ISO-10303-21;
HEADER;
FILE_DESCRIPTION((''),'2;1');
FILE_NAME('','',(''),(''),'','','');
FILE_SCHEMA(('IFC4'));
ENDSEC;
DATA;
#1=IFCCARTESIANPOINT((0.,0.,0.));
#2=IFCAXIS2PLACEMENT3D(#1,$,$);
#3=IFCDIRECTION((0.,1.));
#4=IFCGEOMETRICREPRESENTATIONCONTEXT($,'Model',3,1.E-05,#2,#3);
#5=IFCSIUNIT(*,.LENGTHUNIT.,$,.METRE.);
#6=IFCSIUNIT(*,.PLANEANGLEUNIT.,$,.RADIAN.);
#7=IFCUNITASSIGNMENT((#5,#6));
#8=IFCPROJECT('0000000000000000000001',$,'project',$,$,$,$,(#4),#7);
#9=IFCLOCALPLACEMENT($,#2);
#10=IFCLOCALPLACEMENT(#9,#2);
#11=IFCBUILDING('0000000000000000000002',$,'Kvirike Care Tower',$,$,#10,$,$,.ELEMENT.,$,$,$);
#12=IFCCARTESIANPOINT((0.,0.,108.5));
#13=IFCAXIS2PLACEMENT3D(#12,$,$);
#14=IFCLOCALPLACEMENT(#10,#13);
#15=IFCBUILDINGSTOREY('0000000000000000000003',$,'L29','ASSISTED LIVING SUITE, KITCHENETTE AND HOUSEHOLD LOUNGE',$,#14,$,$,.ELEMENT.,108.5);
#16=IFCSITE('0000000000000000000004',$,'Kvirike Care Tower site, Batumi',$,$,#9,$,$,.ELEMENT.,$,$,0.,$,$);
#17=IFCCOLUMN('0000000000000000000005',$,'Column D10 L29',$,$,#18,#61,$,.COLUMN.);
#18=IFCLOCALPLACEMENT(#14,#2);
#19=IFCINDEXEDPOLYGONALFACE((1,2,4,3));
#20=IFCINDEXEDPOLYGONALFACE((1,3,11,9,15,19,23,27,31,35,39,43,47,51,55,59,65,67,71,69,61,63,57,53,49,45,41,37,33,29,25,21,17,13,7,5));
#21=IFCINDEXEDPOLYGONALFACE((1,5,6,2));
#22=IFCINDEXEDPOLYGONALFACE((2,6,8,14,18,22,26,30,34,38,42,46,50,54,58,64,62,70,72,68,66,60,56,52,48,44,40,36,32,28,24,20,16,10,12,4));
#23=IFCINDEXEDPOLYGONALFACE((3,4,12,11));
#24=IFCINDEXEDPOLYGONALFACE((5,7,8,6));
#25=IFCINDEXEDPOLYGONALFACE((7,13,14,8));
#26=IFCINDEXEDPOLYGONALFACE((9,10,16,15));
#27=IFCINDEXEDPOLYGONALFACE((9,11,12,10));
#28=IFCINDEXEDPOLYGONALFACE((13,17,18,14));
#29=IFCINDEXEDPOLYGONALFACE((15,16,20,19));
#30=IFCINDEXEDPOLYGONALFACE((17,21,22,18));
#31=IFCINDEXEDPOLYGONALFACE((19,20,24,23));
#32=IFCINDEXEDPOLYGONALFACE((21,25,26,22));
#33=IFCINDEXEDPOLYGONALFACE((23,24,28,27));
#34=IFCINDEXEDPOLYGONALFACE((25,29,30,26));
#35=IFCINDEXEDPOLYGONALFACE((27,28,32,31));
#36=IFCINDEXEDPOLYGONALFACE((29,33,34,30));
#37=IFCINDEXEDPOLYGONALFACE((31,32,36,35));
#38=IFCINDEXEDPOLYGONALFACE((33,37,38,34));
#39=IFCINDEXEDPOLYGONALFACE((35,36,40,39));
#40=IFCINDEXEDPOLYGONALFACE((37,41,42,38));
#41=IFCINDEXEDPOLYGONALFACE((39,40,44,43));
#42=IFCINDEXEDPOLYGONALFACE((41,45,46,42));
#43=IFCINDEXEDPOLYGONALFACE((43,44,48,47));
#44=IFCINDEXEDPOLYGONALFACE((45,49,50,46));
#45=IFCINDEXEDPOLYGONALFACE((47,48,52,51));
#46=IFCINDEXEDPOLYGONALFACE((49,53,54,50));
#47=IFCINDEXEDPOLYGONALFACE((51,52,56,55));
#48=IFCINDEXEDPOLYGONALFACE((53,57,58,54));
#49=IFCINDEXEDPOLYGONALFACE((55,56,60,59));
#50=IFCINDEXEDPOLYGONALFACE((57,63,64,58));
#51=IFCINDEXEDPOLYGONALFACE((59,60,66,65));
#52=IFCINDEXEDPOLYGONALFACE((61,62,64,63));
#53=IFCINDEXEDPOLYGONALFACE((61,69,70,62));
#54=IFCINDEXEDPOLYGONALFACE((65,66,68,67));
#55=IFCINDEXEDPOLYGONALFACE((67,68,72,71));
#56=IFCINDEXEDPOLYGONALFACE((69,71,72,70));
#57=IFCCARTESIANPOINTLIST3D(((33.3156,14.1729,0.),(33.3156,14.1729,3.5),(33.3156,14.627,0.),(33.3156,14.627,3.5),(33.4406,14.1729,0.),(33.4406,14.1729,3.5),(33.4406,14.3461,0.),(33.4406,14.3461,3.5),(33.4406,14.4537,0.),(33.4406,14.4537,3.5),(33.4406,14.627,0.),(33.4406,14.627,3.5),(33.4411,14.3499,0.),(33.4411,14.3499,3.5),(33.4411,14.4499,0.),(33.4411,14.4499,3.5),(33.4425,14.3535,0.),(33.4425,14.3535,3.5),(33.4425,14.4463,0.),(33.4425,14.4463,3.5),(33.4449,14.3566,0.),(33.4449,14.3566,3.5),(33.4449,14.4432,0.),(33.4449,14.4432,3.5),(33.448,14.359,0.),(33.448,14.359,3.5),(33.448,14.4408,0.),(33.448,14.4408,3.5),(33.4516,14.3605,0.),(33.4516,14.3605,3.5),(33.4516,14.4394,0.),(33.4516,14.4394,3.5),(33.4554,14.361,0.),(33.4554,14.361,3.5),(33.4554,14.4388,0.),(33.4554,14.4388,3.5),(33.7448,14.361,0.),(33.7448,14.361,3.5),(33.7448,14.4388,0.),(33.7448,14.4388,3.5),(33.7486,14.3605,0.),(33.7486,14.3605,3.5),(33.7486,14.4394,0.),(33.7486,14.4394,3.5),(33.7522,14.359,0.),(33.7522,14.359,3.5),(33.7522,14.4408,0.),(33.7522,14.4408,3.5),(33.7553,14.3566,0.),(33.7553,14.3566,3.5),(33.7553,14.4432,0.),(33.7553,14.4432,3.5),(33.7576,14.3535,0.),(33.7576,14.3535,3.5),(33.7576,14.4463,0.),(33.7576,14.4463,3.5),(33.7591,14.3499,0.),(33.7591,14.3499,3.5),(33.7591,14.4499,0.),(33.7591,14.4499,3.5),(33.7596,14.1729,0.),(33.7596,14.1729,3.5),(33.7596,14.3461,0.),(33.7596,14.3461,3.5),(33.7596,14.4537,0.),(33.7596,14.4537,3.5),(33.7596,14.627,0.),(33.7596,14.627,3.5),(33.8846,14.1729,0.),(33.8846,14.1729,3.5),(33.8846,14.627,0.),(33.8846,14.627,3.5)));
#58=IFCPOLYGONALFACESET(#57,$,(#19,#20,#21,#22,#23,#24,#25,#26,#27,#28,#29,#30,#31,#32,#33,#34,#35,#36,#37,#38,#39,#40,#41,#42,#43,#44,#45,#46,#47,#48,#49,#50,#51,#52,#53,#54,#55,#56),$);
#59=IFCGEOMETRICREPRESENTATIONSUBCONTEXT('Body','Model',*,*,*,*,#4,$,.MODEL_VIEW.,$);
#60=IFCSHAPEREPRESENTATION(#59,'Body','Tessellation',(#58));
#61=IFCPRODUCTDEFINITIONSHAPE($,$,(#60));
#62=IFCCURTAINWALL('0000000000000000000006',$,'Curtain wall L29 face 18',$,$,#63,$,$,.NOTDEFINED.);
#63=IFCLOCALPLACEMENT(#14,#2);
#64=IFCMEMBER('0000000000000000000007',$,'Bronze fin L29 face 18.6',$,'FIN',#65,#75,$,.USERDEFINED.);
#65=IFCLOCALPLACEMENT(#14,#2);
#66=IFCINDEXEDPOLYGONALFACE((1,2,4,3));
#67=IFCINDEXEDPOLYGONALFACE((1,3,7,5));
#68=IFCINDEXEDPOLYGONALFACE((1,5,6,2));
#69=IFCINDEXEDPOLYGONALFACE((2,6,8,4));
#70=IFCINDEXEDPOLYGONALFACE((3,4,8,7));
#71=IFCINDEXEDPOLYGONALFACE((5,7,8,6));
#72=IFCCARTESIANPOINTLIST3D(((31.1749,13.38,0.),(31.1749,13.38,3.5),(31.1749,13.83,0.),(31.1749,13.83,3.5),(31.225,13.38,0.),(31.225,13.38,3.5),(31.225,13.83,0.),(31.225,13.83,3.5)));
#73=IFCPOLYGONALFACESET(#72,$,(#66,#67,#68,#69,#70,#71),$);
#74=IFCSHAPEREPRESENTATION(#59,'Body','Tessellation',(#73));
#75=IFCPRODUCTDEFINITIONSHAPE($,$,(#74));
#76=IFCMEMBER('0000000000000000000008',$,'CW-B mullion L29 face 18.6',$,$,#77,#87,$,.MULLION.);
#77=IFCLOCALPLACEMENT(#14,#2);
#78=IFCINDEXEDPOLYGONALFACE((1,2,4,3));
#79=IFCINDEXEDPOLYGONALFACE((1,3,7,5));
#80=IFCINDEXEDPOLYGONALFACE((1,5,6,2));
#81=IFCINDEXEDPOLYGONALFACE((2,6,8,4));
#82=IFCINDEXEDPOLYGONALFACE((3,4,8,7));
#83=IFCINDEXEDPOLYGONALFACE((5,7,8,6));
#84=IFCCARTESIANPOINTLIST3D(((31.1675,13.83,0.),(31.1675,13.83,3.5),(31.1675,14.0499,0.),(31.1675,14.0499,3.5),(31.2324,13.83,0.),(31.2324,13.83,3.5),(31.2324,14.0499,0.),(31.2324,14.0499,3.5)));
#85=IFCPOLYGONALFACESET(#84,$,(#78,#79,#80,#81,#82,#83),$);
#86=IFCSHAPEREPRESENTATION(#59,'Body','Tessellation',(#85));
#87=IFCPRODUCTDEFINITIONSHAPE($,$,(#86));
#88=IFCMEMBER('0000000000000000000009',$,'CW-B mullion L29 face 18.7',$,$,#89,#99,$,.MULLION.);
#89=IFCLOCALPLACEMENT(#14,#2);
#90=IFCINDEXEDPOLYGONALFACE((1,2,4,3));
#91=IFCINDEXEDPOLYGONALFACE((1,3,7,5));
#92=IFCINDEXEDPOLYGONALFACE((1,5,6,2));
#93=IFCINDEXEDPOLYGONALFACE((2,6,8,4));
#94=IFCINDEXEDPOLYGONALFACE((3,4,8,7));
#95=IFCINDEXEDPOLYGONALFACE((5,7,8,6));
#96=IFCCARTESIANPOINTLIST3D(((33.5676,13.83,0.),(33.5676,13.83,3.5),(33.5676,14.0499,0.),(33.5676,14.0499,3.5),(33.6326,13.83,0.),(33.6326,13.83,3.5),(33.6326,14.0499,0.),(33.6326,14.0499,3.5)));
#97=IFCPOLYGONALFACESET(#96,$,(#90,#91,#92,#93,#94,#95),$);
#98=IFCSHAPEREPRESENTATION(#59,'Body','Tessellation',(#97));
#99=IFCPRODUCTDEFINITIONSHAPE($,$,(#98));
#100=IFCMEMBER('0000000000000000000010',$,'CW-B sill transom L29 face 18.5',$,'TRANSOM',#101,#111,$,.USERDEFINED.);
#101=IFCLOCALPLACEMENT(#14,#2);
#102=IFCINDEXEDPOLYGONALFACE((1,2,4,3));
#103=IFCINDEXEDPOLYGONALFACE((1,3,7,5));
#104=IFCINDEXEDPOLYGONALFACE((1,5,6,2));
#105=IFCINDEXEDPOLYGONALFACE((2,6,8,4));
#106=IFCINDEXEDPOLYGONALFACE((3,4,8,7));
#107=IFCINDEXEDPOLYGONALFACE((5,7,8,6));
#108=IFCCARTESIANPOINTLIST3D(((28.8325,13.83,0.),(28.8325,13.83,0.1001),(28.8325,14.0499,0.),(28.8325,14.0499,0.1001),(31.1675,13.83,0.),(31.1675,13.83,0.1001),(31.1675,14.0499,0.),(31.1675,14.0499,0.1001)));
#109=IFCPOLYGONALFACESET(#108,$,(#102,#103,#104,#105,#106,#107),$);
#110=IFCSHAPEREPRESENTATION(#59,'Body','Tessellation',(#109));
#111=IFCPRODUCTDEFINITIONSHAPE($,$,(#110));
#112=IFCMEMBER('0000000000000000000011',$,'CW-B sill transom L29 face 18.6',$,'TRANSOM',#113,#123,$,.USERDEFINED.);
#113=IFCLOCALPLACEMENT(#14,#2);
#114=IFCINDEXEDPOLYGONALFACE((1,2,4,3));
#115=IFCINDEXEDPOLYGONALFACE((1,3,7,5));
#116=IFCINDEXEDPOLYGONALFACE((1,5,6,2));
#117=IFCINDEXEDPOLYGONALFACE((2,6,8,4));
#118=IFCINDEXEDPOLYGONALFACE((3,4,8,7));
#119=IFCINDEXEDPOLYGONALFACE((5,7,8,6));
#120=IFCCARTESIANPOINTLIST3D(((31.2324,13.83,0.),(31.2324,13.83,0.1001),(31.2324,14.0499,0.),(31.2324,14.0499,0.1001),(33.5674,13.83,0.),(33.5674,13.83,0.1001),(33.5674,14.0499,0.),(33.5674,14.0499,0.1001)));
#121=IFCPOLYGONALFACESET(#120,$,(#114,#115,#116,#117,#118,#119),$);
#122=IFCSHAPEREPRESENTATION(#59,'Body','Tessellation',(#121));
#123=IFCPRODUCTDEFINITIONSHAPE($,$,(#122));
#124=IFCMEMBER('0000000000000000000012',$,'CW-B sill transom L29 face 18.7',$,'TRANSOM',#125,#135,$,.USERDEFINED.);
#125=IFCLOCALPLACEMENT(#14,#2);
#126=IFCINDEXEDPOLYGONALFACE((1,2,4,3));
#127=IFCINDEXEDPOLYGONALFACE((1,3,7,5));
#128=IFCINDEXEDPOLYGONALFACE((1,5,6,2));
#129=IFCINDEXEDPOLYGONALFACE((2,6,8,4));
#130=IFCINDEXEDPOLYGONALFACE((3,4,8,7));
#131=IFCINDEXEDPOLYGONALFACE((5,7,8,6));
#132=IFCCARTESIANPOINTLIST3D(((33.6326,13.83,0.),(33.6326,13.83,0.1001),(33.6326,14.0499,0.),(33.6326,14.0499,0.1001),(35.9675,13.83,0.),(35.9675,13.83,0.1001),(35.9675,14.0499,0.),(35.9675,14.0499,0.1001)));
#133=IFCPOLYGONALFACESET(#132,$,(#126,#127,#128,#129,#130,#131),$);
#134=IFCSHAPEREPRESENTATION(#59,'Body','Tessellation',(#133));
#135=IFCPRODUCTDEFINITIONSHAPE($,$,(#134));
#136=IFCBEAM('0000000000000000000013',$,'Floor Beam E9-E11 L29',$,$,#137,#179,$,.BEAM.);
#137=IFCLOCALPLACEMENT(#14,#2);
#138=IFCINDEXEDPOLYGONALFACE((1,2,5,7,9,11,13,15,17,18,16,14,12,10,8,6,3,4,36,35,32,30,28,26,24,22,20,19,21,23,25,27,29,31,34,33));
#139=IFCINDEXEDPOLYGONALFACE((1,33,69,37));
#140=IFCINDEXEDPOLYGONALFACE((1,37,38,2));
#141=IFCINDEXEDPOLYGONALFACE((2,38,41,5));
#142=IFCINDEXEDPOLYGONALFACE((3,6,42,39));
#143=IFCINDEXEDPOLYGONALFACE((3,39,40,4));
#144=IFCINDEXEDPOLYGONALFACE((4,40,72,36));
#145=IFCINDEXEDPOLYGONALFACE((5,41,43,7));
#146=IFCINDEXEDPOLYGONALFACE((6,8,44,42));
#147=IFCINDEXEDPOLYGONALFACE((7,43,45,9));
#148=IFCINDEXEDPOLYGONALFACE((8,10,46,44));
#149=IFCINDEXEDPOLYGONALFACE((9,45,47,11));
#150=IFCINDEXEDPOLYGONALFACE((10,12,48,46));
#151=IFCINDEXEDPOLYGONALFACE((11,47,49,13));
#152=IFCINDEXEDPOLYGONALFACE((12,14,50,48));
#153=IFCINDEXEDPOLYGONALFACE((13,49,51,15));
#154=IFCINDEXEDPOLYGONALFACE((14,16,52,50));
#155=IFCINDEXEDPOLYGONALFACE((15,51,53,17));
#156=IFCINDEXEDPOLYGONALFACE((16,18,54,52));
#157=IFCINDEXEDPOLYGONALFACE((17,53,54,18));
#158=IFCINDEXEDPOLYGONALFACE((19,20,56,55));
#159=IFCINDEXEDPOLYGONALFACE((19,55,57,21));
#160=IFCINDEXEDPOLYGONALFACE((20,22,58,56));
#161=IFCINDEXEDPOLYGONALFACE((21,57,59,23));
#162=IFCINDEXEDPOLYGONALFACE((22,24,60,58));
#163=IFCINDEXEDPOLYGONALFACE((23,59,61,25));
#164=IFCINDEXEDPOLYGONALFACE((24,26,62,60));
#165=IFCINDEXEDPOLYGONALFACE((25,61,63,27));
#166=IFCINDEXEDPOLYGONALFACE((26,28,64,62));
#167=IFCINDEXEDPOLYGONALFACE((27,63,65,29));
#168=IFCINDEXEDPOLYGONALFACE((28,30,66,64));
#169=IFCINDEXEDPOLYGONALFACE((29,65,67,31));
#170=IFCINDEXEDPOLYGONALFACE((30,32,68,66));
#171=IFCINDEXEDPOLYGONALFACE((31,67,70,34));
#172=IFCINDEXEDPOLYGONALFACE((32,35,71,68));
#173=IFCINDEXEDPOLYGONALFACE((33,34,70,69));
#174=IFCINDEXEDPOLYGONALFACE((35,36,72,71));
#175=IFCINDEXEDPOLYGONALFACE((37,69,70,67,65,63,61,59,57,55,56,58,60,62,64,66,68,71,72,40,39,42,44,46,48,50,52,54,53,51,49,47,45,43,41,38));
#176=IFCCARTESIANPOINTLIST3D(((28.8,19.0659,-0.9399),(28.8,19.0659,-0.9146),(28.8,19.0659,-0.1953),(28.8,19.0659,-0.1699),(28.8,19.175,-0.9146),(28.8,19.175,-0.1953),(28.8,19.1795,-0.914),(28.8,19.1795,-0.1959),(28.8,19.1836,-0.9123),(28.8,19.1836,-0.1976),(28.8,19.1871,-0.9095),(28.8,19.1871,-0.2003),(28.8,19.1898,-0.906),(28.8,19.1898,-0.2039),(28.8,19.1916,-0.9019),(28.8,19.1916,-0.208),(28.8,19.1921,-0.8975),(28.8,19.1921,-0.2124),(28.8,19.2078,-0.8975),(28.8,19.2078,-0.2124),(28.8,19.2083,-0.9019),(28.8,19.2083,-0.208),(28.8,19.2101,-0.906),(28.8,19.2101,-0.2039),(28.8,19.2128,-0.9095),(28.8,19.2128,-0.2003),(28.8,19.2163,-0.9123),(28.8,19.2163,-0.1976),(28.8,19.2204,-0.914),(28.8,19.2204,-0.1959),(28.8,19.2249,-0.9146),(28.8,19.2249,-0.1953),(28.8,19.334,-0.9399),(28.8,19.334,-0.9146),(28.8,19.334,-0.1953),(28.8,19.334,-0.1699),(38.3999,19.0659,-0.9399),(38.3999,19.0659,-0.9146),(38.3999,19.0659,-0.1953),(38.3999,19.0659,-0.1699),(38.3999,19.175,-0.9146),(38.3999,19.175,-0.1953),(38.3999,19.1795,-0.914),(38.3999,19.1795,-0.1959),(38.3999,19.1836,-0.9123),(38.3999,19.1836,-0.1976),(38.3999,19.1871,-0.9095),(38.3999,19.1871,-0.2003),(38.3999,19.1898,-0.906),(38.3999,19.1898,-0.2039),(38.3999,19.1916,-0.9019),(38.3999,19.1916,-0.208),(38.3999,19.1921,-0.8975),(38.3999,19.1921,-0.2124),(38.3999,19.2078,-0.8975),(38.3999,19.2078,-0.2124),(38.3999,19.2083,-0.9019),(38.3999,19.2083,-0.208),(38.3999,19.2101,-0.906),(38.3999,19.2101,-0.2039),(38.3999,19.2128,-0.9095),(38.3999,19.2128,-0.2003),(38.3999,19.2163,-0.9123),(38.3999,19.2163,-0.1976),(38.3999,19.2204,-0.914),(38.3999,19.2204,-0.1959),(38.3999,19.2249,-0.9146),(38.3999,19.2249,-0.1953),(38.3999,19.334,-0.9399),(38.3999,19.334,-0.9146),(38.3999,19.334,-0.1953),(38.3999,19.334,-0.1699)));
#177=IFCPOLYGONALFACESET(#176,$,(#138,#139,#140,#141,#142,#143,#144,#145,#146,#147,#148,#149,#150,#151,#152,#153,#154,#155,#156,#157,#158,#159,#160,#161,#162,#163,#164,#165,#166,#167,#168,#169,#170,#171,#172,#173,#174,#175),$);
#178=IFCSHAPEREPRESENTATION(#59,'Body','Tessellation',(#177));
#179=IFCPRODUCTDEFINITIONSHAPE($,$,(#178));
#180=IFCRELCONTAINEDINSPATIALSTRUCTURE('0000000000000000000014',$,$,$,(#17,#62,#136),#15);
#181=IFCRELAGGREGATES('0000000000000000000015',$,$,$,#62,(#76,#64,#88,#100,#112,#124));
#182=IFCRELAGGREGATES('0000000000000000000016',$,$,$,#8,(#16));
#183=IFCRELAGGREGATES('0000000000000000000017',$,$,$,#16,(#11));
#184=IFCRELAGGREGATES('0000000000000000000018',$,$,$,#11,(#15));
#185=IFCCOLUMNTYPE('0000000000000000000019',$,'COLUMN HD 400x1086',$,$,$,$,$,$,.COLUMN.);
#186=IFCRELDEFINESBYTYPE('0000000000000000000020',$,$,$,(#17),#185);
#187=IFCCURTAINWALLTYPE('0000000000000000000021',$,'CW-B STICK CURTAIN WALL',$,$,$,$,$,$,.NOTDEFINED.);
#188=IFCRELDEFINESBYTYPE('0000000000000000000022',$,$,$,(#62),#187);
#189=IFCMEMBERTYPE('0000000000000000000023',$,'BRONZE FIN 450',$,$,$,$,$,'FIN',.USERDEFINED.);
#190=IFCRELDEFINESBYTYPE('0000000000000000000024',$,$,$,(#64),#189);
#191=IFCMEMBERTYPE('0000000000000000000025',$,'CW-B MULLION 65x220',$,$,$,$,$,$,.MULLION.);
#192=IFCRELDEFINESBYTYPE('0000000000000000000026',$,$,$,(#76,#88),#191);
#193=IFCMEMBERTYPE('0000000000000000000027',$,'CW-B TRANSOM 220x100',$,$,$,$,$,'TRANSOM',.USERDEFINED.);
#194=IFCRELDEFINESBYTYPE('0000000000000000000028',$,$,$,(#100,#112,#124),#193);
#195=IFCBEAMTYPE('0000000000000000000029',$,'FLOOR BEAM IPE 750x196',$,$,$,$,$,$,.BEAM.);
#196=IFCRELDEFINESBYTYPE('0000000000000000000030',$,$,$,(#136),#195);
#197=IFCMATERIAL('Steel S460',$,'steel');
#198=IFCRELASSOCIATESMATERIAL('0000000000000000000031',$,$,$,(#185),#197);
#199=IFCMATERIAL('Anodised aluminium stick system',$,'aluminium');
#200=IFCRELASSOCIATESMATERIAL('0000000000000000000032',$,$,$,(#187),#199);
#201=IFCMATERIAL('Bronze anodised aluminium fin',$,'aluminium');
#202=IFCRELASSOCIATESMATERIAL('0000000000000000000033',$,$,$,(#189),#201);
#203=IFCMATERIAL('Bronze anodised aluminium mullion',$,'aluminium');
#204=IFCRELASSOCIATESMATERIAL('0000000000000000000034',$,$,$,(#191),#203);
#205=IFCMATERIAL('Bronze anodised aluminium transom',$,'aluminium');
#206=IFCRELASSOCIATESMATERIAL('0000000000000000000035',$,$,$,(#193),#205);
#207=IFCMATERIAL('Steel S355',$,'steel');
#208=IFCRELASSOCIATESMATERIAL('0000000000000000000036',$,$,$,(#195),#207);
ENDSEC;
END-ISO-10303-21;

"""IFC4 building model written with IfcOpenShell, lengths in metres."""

from ifc_helpers import new_model, si_unit, direction, frame, origin, origin_2d, place, context, subcontext, project, spatial, rectangle, i_section, extrude, material, material_profile, profile_set, type_object, element, aggregate, save


model = new_model("IFC4")

# Units and contexts
model_context = context("Model", 3, precision=1e-05, world=origin(), true_north=direction((0.0, 1.0)))
body_context = subcontext(model_context, "Body", "Model", "MODEL_VIEW")
ifc_project = project(units=[si_unit("LENGTHUNIT", "METRE"), si_unit("PLANEANGLEUNIT", "RADIAN")], contexts=[model_context])

# Site, building, storey
site_placement = place(None, origin())
site = spatial("IfcSite", under=ifc_project, at=site_placement, Name="Kvirike Care Tower site, Batumi", CompositionType="ELEMENT", RefElevation=0.0)
building_placement = place(site_placement, origin())
building = spatial("IfcBuilding", under=site, at=building_placement, Name="Kvirike Care Tower", CompositionType="ELEMENT")
storey_placement = place(building_placement, frame((0.0, 0.0, 108.5)))
storey = spatial("IfcBuildingStorey", under=building, at=storey_placement, Name="L29", Description="ASSISTED LIVING SUITE, KITCHENETTE AND HOUSEHOLD LOUNGE", CompositionType="ELEMENT", Elevation=108.5)

# Column
ifc_material_1 = material(Name="Steel S460", Category="steel")
ifc_material_profile_1 = material_profile(ifc_material_1, i_section(OverallWidth=0.4541, OverallDepth=0.5691, WebThickness=0.0779, FlangeThickness=0.125, FilletRadius=0.0149, at=origin_2d()), Name="HD 400x1086")
ifc_profile_set_1 = profile_set([ifc_material_profile_1], Name="Steel S460")
column_type = type_object("IfcColumnType", Name="COLUMN HD 400x1086", PredefinedType="COLUMN", material=ifc_profile_set_1)
column_placement = place(storey_placement, frame((33.6001, 14.3999, 0.0), z_axis=(0.0, 0.0, 1.0), x_axis=(0.0, 1.0, 0.0)))
element("IfcColumn", 1, at=column_placement, inside=storey, type_object=column_type, Name="Column D10 L29", PredefinedType="COLUMN", context=body_context, shape_type="SweptSolid", body=[
    extrude(i_section(OverallWidth=0.4541, OverallDepth=0.5691, WebThickness=0.0779, FlangeThickness=0.125, FilletRadius=0.0149, at=origin_2d()), origin(), (0.0, 0.0, 1.0), 3.5),
])

# Curtain wall, members
ifc_material_2 = material(Name="Anodised aluminium stick system", Category="aluminium")
curtain_wall_type = type_object("IfcCurtainWallType", Name="CW-B STICK CURTAIN WALL", PredefinedType="NOTDEFINED", material=ifc_material_2)
curtain_wall_placement = place(storey_placement, origin())
curtain_wall = element("IfcCurtainWall", 2, at=curtain_wall_placement, inside=storey, type_object=curtain_wall_type, Name="Curtain wall L29 face 18", PredefinedType="NOTDEFINED")
ifc_material_3 = material(Name="Bronze anodised aluminium fin", Category="aluminium")
ifc_material_profile_2 = material_profile(ifc_material_3, rectangle(XDim=0.05, YDim=0.45, at=origin_2d()), Name="BRONZE FIN 450")
ifc_profile_set_2 = profile_set([ifc_material_profile_2], Name="Bronze anodised aluminium fin")
member_type_1 = type_object("IfcMemberType", Name="BRONZE FIN 450", ElementType="FIN", PredefinedType="USERDEFINED", material=ifc_profile_set_2)
member_1_placement = place(storey_placement, frame((31.2, 13.605, 0.0), z_axis=(0.0, 0.0, 1.0), x_axis=(1.0, 0.0, 0.0)))
member_1 = element("IfcMember", 3, at=member_1_placement, type_object=member_type_1, Name="Bronze fin L29 face 18.6", ObjectType="FIN", PredefinedType="USERDEFINED", context=body_context, shape_type="SweptSolid", body=[
    extrude(rectangle(XDim=0.05, YDim=0.45, at=origin_2d()), origin(), (0.0, 0.0, 1.0), 3.5),
])
ifc_material_4 = material(Name="Bronze anodised aluminium mullion", Category="aluminium")
ifc_material_profile_3 = material_profile(ifc_material_4, rectangle(XDim=0.0649, YDim=0.22, at=origin_2d()), Name="CW-B MULLION 65x220")
ifc_profile_set_3 = profile_set([ifc_material_profile_3], Name="Bronze anodised aluminium mullion")
member_type_2 = type_object("IfcMemberType", Name="CW-B MULLION 65x220", PredefinedType="MULLION", material=ifc_profile_set_3)
member_2_placement = place(storey_placement, frame((31.2, 13.9399, 0.0), z_axis=(0.0, 0.0, 1.0), x_axis=(1.0, 0.0, 0.0)))
member_2 = element("IfcMember", 4, at=member_2_placement, type_object=member_type_2, Name="CW-B mullion L29 face 18.6", PredefinedType="MULLION", context=body_context, shape_type="SweptSolid", body=[
    extrude(rectangle(XDim=0.0649, YDim=0.22, at=origin_2d()), origin(), (0.0, 0.0, 1.0), 3.5),
])
member_3_placement = place(storey_placement, frame((33.6001, 13.9399, 0.0), z_axis=(0.0, 0.0, 1.0), x_axis=(1.0, 0.0, 0.0)))
member_3 = element("IfcMember", 5, at=member_3_placement, type_object=member_type_2, Name="CW-B mullion L29 face 18.7", PredefinedType="MULLION", context=body_context, shape_type="SweptSolid", body=[
    extrude(rectangle(XDim=0.0649, YDim=0.22, at=origin_2d()), origin(), (0.0, 0.0, 1.0), 3.5),
])
ifc_material_5 = material(Name="Bronze anodised aluminium transom", Category="aluminium")
ifc_material_profile_4 = material_profile(ifc_material_5, rectangle(XDim=0.22, YDim=0.1001, at=origin_2d()), Name="CW-B TRANSOM 220x100")
ifc_profile_set_4 = profile_set([ifc_material_profile_4], Name="Bronze anodised aluminium transom")
member_type_3 = type_object("IfcMemberType", Name="CW-B TRANSOM 220x100", ElementType="TRANSOM", PredefinedType="USERDEFINED", material=ifc_profile_set_4)
member_4_placement = place(storey_placement, frame((28.8325, 13.9399, 0.05), z_axis=(1.0, 0.0, 0.0), x_axis=(0.0, 1.0, 0.0)))
member_4 = element("IfcMember", 6, at=member_4_placement, type_object=member_type_3, Name="CW-B sill transom L29 face 18.5", ObjectType="TRANSOM", PredefinedType="USERDEFINED", context=body_context, shape_type="SweptSolid", body=[
    extrude(rectangle(XDim=0.22, YDim=0.1001, at=origin_2d()), origin(), (0.0, 0.0, 1.0), 2.335),
])
member_5_placement = place(storey_placement, frame((31.2324, 13.9399, 0.05), z_axis=(1.0, 0.0, 0.0), x_axis=(0.0, 1.0, 0.0)))
member_5 = element("IfcMember", 7, at=member_5_placement, type_object=member_type_3, Name="CW-B sill transom L29 face 18.6", ObjectType="TRANSOM", PredefinedType="USERDEFINED", context=body_context, shape_type="SweptSolid", body=[
    extrude(rectangle(XDim=0.22, YDim=0.1001, at=origin_2d()), origin(), (0.0, 0.0, 1.0), 2.335),
])
member_6_placement = place(storey_placement, frame((33.6326, 13.9399, 0.05), z_axis=(1.0, 0.0, 0.0), x_axis=(0.0, 1.0, 0.0)))
member_6 = element("IfcMember", 8, at=member_6_placement, type_object=member_type_3, Name="CW-B sill transom L29 face 18.7", ObjectType="TRANSOM", PredefinedType="USERDEFINED", context=body_context, shape_type="SweptSolid", body=[
    extrude(rectangle(XDim=0.22, YDim=0.1001, at=origin_2d()), origin(), (0.0, 0.0, 1.0), 2.335),
])

# Beam
ifc_material_6 = material(Name="Steel S355", Category="steel")
ifc_material_profile_5 = material_profile(ifc_material_6, i_section(OverallWidth=0.2681, OverallDepth=0.77, WebThickness=0.0156, FlangeThickness=0.0254, FilletRadius=0.0171, at=origin_2d()), Name="IPE 750x196")
ifc_profile_set_5 = profile_set([ifc_material_profile_5], Name="Steel S355")
beam_type_1 = type_object("IfcBeamType", Name="FLOOR BEAM IPE 750x196", PredefinedType="BEAM", material=ifc_profile_set_5)
beam_1_placement = place(storey_placement, frame((28.8, 19.2, -0.5549), z_axis=(1.0, 0.0, 0.0), x_axis=(0.0, 1.0, 0.0)))
element("IfcBeam", 9, at=beam_1_placement, inside=storey, type_object=beam_type_1, Name="Floor Beam E9-E11 L29", PredefinedType="BEAM", context=body_context, shape_type="SweptSolid", body=[
    extrude(i_section(OverallWidth=0.2681, OverallDepth=0.77, WebThickness=0.0156, FlangeThickness=0.0254, FilletRadius=0.0171, at=origin_2d()), origin(), (0.0, 0.0, 1.0), 9.5999),
])

aggregate(curtain_wall, [member_2, member_1, member_3, member_4, member_5, member_6])

save(model, "model.ifc")
